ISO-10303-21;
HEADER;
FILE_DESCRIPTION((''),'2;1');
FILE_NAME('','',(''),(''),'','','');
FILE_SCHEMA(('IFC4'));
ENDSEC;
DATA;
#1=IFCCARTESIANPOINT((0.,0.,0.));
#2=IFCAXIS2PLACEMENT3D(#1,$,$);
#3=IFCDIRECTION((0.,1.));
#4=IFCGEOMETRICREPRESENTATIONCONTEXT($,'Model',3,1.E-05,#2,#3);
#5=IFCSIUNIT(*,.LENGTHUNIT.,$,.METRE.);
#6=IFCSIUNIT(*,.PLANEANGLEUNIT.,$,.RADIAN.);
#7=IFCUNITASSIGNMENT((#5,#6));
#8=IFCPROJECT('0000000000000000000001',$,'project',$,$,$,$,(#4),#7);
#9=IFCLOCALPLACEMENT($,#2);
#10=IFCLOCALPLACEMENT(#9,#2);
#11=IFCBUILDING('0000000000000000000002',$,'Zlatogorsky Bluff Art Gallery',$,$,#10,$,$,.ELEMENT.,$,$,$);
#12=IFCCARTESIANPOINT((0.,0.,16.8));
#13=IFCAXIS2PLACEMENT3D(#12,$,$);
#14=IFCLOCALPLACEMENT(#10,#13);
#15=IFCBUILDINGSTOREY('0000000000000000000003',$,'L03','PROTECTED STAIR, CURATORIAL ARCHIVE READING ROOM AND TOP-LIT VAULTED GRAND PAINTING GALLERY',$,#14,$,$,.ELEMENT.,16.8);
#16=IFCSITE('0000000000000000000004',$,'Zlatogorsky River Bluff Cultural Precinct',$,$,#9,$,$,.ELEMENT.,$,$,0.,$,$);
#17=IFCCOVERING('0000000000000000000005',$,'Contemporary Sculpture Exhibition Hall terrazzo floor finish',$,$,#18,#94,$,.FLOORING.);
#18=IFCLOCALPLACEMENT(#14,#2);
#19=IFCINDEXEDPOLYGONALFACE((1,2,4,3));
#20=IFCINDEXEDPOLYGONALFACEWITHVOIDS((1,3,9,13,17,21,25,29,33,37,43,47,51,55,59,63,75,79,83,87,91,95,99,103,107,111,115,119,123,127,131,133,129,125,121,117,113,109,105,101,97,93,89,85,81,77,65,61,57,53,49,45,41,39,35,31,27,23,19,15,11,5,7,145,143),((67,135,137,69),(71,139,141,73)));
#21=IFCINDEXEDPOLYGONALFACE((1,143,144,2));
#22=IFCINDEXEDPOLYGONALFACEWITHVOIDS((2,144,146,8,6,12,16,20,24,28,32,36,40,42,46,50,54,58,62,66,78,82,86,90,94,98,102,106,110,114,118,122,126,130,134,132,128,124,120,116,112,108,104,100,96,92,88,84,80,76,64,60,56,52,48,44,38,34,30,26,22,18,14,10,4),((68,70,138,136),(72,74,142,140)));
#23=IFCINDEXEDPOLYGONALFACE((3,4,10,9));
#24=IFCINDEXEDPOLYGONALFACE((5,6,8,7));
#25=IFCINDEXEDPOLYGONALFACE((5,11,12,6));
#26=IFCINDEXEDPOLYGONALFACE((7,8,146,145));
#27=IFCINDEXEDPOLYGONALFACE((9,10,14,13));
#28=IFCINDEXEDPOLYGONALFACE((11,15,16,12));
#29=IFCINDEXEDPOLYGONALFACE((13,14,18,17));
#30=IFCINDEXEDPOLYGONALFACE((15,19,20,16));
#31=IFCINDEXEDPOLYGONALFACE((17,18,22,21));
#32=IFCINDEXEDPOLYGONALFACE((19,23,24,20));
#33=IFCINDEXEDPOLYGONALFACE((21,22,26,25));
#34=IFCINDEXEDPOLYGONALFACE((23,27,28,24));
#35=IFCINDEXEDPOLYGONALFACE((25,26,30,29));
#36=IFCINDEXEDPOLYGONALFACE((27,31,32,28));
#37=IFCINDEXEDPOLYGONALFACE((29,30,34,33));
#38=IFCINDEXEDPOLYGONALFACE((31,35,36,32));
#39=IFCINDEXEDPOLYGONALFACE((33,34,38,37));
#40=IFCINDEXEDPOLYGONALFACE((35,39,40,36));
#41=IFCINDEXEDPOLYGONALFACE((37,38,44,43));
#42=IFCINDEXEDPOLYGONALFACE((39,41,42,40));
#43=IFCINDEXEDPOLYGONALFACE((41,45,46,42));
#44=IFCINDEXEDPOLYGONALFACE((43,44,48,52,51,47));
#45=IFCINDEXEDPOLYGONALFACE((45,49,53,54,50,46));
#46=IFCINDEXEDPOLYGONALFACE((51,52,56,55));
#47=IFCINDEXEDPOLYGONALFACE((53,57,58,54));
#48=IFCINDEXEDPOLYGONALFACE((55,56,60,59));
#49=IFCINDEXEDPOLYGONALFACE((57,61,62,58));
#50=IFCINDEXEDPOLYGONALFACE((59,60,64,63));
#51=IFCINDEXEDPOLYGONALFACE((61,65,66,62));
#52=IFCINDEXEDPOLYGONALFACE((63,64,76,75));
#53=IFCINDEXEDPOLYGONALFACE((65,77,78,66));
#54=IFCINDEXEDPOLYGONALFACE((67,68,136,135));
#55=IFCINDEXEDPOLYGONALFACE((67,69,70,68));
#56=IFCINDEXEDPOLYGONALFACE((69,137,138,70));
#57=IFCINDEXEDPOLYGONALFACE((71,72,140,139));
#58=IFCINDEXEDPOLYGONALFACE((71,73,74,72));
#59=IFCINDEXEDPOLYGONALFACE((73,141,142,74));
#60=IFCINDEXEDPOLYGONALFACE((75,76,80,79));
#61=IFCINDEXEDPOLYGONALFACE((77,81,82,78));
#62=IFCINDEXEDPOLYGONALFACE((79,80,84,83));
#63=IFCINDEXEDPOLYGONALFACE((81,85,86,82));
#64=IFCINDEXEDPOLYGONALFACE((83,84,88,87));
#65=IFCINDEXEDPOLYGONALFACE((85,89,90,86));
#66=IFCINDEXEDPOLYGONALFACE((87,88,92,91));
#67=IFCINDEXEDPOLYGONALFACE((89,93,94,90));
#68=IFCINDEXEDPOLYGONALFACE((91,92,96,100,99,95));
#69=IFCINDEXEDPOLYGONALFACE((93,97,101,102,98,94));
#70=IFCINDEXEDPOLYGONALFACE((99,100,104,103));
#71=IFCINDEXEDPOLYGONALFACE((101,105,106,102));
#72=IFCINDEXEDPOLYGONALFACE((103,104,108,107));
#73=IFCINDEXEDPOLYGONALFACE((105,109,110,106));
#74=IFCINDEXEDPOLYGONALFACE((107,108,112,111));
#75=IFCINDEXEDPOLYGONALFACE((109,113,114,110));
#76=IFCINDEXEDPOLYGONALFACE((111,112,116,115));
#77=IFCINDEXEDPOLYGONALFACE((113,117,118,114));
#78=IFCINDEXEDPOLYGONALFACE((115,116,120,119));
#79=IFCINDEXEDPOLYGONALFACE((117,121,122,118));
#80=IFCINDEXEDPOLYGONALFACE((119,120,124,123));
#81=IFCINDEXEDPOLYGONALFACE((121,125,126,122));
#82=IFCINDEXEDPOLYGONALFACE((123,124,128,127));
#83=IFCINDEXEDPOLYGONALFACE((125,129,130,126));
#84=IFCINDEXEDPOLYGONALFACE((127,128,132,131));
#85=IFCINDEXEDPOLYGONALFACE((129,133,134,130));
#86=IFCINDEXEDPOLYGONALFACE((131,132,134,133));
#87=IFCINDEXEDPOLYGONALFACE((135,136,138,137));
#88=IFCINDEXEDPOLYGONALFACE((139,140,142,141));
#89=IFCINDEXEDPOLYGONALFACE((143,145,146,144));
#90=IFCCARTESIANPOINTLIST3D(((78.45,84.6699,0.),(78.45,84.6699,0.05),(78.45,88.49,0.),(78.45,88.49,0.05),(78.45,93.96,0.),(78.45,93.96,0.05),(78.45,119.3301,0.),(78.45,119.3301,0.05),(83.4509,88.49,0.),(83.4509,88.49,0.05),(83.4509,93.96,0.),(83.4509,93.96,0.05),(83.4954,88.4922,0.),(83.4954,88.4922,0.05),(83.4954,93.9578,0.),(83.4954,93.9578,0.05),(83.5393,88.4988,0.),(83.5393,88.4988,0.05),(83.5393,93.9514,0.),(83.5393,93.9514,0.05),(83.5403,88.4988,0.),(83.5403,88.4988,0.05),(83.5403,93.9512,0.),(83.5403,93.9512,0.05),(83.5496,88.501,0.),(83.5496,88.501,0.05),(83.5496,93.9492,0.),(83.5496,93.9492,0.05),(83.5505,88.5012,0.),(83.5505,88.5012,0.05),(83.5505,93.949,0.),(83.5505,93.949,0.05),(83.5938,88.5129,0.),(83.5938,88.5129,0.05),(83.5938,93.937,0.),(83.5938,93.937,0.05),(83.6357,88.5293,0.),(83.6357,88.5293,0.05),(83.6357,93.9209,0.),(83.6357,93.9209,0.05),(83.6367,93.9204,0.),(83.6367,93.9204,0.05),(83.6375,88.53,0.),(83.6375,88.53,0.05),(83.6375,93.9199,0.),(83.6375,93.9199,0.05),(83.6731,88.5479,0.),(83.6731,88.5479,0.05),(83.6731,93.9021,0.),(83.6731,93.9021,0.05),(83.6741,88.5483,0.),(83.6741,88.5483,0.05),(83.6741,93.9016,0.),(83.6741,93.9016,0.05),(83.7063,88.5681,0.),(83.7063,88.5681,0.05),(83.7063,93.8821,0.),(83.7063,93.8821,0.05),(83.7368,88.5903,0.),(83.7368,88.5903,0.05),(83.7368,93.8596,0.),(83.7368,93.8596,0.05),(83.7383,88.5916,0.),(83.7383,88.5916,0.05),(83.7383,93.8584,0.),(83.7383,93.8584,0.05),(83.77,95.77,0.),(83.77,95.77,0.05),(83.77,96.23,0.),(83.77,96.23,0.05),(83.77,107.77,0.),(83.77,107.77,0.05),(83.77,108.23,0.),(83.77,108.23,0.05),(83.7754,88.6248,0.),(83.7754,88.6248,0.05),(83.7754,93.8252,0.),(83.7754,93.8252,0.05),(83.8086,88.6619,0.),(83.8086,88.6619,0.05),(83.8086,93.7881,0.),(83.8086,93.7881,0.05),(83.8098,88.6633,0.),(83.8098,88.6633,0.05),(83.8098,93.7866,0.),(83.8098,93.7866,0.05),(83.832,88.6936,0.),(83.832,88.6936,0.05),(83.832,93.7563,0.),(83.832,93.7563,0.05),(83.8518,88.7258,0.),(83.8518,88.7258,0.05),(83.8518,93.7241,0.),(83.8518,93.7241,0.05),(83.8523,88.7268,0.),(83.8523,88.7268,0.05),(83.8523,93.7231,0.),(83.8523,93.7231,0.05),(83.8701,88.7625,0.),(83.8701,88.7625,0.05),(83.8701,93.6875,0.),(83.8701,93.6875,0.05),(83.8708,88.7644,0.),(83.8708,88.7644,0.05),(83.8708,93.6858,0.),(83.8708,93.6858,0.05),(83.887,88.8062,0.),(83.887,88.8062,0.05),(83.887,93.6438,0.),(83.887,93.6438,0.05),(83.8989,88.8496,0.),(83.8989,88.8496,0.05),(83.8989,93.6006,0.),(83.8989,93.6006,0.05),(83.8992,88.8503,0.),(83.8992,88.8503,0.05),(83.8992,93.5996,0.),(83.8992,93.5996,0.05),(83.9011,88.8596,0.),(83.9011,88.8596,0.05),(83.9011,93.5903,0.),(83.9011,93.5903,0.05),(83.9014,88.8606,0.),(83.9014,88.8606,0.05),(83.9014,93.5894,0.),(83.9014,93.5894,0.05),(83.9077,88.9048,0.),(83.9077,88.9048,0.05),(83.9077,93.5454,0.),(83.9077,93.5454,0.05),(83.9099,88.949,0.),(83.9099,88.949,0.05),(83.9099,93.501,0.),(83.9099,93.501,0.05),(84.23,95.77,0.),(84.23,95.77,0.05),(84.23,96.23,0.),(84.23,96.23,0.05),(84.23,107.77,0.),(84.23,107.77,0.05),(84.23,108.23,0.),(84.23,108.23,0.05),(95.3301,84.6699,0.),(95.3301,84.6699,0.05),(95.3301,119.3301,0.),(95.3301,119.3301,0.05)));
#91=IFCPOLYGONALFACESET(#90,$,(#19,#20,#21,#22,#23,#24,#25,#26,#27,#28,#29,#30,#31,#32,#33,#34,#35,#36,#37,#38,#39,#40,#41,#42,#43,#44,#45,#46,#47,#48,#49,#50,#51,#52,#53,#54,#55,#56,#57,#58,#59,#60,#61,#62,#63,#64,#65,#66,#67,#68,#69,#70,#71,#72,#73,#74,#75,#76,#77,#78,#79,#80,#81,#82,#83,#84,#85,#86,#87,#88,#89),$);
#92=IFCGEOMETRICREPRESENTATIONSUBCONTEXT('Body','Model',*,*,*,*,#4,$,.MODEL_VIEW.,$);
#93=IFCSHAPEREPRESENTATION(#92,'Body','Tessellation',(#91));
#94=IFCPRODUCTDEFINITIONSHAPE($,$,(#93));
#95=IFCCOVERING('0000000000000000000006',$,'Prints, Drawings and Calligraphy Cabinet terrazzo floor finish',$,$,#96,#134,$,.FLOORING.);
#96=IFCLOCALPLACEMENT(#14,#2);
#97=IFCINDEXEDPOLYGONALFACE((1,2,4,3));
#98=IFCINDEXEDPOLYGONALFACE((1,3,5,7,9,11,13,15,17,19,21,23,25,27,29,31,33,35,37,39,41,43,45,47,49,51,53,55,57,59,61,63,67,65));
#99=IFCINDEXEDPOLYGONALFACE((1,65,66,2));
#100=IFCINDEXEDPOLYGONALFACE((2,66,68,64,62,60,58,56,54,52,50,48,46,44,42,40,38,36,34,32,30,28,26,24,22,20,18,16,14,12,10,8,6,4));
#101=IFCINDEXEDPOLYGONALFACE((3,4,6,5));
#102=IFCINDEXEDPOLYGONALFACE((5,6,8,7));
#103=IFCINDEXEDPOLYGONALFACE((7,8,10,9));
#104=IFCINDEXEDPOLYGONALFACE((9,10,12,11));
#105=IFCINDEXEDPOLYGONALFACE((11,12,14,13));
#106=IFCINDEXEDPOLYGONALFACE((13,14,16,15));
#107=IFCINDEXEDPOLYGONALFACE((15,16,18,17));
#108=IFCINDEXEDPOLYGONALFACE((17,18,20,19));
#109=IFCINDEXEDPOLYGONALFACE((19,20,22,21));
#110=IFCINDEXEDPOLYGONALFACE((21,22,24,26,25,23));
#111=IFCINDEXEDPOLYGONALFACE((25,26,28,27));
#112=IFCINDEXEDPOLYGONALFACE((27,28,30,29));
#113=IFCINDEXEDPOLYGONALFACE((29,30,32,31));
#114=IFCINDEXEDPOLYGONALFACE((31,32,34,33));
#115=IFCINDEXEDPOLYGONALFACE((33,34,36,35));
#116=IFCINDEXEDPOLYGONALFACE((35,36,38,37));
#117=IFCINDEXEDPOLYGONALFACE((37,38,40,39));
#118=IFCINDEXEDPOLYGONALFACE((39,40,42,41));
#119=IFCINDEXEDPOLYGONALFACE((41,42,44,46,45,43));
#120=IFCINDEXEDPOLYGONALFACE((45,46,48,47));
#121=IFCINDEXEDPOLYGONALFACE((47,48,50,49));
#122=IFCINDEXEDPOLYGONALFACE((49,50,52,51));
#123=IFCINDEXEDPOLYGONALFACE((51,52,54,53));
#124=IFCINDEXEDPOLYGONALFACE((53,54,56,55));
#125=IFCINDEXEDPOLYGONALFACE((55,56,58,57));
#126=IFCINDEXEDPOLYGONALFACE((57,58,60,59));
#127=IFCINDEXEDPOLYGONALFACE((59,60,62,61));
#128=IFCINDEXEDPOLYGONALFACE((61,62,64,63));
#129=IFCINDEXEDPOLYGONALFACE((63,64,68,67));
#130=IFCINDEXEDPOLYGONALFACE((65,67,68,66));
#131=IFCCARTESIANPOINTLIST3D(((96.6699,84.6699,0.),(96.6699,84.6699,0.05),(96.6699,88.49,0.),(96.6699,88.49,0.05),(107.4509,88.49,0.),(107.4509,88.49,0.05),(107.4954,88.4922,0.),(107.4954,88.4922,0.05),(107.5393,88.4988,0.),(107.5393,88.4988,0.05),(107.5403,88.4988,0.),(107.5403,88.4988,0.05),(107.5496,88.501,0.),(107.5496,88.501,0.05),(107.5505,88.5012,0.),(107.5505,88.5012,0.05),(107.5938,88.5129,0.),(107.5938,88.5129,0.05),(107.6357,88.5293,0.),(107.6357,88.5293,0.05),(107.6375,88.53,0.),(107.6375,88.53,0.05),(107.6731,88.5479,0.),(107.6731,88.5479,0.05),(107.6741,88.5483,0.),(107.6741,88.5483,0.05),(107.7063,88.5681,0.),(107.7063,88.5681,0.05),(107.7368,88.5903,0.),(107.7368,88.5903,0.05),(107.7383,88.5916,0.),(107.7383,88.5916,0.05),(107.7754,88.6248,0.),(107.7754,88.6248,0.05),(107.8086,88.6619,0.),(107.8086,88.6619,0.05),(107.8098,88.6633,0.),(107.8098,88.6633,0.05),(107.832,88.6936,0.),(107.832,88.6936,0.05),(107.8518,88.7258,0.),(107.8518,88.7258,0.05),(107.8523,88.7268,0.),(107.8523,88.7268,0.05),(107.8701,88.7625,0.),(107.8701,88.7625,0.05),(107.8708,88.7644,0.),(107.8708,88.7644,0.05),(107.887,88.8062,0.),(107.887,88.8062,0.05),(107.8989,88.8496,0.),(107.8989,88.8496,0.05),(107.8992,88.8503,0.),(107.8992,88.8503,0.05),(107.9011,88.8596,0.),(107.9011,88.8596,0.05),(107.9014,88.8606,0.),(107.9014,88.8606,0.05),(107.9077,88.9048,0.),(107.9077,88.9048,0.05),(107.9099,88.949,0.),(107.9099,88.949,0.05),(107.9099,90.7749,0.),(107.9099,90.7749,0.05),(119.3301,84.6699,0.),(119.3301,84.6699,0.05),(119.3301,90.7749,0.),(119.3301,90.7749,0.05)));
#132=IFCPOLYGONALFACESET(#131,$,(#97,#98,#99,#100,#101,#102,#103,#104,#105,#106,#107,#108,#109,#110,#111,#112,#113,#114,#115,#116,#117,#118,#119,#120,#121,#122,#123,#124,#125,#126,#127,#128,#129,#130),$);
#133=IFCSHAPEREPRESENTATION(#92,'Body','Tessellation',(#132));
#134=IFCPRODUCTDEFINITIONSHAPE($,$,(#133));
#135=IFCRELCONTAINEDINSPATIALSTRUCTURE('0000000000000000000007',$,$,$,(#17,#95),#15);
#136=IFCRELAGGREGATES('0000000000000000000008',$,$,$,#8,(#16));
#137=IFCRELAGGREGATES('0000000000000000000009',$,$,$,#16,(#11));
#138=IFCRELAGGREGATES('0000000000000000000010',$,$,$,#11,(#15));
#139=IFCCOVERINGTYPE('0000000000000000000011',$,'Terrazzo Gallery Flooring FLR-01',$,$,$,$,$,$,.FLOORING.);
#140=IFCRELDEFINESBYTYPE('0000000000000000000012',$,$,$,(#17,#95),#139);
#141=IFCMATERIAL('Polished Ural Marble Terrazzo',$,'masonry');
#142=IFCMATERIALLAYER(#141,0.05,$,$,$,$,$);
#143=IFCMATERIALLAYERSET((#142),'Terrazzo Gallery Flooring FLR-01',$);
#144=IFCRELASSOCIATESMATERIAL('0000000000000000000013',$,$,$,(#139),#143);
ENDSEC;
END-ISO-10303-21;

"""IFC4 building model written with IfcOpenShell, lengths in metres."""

from ifc_helpers import new_model, si_unit, direction, frame, origin, place, context, subcontext, project, spatial, polyline, outline, extrude, material, layer, layer_set, type_object, element, save


model = new_model("IFC4")

# Units and contexts
model_context = context("Model", 3, precision=1e-05, world=origin(), true_north=direction((0.0, 1.0)))
body_context = subcontext(model_context, "Body", "Model", "MODEL_VIEW")
ifc_project = project(units=[si_unit("LENGTHUNIT", "METRE"), si_unit("PLANEANGLEUNIT", "RADIAN")], contexts=[model_context])

# Site, building, storey
site_placement = place(None, origin())
site = spatial("IfcSite", under=ifc_project, at=site_placement, Name="Zlatogorsky River Bluff Cultural Precinct", CompositionType="ELEMENT", RefElevation=0.0)
building_placement = place(site_placement, origin())
building = spatial("IfcBuilding", under=site, at=building_placement, Name="Zlatogorsky Bluff Art Gallery", CompositionType="ELEMENT")
storey_placement = place(building_placement, frame((0.0, 0.0, 16.8)))
storey = spatial("IfcBuildingStorey", under=building, at=storey_placement, Name="L03", Description="PROTECTED STAIR, CURATORIAL ARCHIVE READING ROOM AND TOP-LIT VAULTED GRAND PAINTING GALLERY", CompositionType="ELEMENT", Elevation=16.8)

# Coverings
ifc_material_1 = material(Name="Polished Ural Marble Terrazzo", Category="masonry")
ifc_layer_1 = layer(ifc_material_1, 0.05)
ifc_layer_set_1 = layer_set([ifc_layer_1], Name="Terrazzo Gallery Flooring FLR-01")
covering_type_1 = type_object("IfcCoveringType", Name="Terrazzo Gallery Flooring FLR-01", PredefinedType="FLOORING", material=ifc_layer_set_1)
covering_1_placement = place(storey_placement, origin())
element("IfcCovering", 1, at=covering_1_placement, inside=storey, type_object=covering_type_1, Name="Contemporary Sculpture Exhibition Hall terrazzo floor finish", PredefinedType="FLOORING", context=body_context, shape_type="SweptSolid", body=[
    extrude(outline(polyline([(78.45, 84.6699), (78.45, 88.49), (83.4509, 88.49), (83.4954, 88.4922), (83.5393, 88.4988), (83.5403, 88.4988), (83.5496, 88.501), (83.5505, 88.5012), (83.5938, 88.5129), (83.6357, 88.5293), (83.6375, 88.53), (83.6731, 88.5479), (83.6741, 88.5483), (83.7063, 88.5681), (83.7368, 88.5903), (83.7383, 88.5916), (83.7754, 88.6248), (83.8086, 88.6619), (83.8098, 88.6633), (83.832, 88.6936), (83.8518, 88.7258), (83.8523, 88.7268), (83.8701, 88.7625), (83.8708, 88.7644), (83.887, 88.8062), (83.8989, 88.8496), (83.8992, 88.8503), (83.9011, 88.8596), (83.9014, 88.8606), (83.9077, 88.9048), (83.9099, 88.949), (83.9099, 93.501), (83.9077, 93.5454), (83.9014, 93.5894), (83.9011, 93.5903), (83.8992, 93.5996), (83.8989, 93.6006), (83.887, 93.6438), (83.8708, 93.6858), (83.8701, 93.6875), (83.8523, 93.7231), (83.8518, 93.7241), (83.832, 93.7563), (83.8098, 93.7866), (83.8086, 93.7881), (83.7754, 93.8252), (83.7383, 93.8584), (83.7368, 93.8596), (83.7063, 93.8821), (83.6741, 93.9016), (83.6731, 93.9021), (83.6375, 93.9199), (83.6367, 93.9204), (83.6357, 93.9209), (83.5938, 93.937), (83.5505, 93.949), (83.5496, 93.9492), (83.5403, 93.9512), (83.5393, 93.9514), (83.4954, 93.9578), (83.4509, 93.96), (78.45, 93.96), (78.45, 119.3301), (95.3301, 119.3301), (95.3301, 84.6699), (78.45, 84.6699)]), holes=[polyline([(83.77, 95.77), (84.23, 95.77), (84.23, 96.23), (83.77, 96.23), (83.77, 95.77)]), polyline([(83.77, 107.77), (84.23, 107.77), (84.23, 108.23), (83.77, 108.23), (83.77, 107.77)])]), origin(), (0.0, 0.0, 1.0), 0.05),
])
covering_2_placement = place(storey_placement, origin())
element("IfcCovering", 2, at=covering_2_placement, inside=storey, type_object=covering_type_1, Name="Prints, Drawings and Calligraphy Cabinet terrazzo floor finish", PredefinedType="FLOORING", context=body_context, shape_type="SweptSolid", body=[
    extrude(outline(polyline([(107.4509, 88.49), (107.4954, 88.4922), (107.5393, 88.4988), (107.5403, 88.4988), (107.5496, 88.501), (107.5505, 88.5012), (107.5938, 88.5129), (107.6357, 88.5293), (107.6375, 88.53), (107.6731, 88.5479), (107.6741, 88.5483), (107.7063, 88.5681), (107.7368, 88.5903), (107.7383, 88.5916), (107.7754, 88.6248), (107.8086, 88.6619), (107.8098, 88.6633), (107.832, 88.6936), (107.8518, 88.7258), (107.8523, 88.7268), (107.8701, 88.7625), (107.8708, 88.7644), (107.887, 88.8062), (107.8989, 88.8496), (107.8992, 88.8503), (107.9011, 88.8596), (107.9014, 88.8606), (107.9077, 88.9048), (107.9099, 88.949), (107.9099, 90.7749), (119.3301, 90.7749), (119.3301, 84.6699), (96.6699, 84.6699), (96.6699, 88.49), (107.4509, 88.49)])), origin(), (0.0, 0.0, 1.0), 0.05),
])

save(model, "model.ifc")
